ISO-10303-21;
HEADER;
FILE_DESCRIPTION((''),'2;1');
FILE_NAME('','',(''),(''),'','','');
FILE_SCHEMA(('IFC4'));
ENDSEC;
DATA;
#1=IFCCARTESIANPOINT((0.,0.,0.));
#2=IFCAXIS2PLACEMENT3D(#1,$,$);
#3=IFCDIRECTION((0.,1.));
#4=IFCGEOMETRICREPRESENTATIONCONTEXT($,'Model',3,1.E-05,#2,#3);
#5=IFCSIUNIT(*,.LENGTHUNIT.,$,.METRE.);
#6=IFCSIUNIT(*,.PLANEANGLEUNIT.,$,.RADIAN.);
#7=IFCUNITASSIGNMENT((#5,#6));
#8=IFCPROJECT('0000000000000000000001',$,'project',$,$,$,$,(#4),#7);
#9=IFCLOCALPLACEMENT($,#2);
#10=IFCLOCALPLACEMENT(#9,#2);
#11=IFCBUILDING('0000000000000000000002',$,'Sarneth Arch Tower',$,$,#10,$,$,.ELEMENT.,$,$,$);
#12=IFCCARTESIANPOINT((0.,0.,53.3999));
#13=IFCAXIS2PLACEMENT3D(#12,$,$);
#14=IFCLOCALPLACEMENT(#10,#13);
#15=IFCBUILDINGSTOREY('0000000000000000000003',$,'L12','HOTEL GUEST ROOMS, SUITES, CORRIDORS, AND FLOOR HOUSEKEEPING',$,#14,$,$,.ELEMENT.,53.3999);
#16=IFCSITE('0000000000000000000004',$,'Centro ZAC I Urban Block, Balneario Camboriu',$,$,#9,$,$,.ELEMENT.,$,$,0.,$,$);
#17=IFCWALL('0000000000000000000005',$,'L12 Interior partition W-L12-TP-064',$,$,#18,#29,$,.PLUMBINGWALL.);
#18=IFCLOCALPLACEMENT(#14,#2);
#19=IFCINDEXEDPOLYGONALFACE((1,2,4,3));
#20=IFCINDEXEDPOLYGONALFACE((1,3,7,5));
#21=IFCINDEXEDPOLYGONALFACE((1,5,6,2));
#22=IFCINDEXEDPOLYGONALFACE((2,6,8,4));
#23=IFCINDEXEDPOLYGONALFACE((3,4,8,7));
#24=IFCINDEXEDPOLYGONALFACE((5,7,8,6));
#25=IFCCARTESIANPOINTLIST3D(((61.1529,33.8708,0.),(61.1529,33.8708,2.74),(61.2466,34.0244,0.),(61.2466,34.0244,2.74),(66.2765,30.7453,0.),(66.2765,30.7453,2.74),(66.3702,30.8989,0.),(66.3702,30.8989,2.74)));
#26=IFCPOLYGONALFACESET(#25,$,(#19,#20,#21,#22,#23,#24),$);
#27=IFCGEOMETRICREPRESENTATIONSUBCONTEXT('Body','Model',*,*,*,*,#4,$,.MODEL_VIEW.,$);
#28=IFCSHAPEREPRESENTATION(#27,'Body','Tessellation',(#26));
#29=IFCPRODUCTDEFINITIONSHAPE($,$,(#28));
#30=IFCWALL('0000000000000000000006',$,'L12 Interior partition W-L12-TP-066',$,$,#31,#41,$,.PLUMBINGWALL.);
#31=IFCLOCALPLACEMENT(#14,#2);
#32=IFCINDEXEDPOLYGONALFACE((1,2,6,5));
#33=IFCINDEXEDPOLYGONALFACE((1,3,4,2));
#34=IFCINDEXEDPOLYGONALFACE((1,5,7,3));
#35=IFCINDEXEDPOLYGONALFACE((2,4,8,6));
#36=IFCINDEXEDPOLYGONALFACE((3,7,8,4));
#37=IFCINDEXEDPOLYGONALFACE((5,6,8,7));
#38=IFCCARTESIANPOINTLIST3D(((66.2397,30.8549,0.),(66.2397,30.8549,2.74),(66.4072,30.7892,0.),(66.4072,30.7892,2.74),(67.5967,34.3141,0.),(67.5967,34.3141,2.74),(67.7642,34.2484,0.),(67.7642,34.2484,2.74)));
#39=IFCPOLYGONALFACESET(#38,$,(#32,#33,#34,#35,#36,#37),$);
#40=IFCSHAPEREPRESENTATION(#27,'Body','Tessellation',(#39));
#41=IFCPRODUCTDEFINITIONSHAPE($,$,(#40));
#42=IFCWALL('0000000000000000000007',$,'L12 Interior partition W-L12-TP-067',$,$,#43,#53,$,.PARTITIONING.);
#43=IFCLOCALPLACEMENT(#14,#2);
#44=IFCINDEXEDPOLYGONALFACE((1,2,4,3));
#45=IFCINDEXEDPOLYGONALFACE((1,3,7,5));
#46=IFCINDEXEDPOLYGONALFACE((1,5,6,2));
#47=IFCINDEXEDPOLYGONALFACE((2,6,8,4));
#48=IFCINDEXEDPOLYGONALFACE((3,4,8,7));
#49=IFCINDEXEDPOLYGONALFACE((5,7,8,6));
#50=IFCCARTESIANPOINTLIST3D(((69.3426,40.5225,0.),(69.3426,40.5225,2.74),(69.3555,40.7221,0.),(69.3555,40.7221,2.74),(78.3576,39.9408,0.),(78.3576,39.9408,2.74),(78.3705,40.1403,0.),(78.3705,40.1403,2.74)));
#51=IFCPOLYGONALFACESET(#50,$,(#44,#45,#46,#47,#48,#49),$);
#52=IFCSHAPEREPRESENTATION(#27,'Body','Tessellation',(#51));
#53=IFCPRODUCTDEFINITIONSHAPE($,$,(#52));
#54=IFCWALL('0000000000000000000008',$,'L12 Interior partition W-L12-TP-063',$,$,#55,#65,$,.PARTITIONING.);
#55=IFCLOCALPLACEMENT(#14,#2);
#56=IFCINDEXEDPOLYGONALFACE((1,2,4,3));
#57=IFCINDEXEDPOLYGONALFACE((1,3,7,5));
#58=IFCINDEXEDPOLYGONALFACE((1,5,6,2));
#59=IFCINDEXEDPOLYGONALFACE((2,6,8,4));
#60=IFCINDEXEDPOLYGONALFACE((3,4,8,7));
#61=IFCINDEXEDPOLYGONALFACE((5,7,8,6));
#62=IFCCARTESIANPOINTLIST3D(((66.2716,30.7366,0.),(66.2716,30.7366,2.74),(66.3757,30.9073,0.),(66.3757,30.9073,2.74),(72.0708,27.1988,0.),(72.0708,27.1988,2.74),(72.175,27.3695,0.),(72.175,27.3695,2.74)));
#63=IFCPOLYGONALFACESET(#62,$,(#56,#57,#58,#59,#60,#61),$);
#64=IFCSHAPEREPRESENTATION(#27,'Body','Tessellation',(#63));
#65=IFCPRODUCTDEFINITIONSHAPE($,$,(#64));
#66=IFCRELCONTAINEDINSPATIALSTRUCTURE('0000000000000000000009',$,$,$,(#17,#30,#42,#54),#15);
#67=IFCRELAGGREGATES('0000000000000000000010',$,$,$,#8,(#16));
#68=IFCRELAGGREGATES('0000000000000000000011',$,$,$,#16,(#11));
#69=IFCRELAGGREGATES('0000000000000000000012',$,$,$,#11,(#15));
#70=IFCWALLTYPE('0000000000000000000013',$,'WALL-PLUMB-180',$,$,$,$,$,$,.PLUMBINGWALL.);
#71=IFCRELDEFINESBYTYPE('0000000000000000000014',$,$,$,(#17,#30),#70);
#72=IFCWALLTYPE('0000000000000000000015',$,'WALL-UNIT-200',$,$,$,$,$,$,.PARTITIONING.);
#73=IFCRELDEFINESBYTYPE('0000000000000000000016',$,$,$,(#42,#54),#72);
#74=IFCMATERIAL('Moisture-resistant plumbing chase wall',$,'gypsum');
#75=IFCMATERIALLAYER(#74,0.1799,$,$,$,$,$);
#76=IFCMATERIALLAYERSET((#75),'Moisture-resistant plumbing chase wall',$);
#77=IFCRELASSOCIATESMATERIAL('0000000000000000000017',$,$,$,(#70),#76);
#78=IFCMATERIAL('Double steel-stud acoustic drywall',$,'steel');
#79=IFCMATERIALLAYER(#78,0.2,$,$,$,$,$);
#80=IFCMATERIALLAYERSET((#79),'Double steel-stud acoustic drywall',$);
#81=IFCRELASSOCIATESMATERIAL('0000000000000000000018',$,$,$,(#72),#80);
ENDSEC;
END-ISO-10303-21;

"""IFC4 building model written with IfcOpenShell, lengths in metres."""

from ifc_helpers import new_model, si_unit, direction, frame, frame_2d, origin, place, context, subcontext, project, spatial, rectangle, extrude, material, layer, layer_set, type_object, element, save


model = new_model("IFC4")

# Units and contexts
model_context = context("Model", 3, precision=1e-05, world=origin(), true_north=direction((0.0, 1.0)))
body_context = subcontext(model_context, "Body", "Model", "MODEL_VIEW")
ifc_project = project(units=[si_unit("LENGTHUNIT", "METRE"), si_unit("PLANEANGLEUNIT", "RADIAN")], contexts=[model_context])

# Site, building, storey
site_placement = place(None, origin())
site = spatial("IfcSite", under=ifc_project, at=site_placement, Name="Centro ZAC I Urban Block, Balneario Camboriu", CompositionType="ELEMENT", RefElevation=0.0)
building_placement = place(site_placement, origin())
building = spatial("IfcBuilding", under=site, at=building_placement, Name="Sarneth Arch Tower", CompositionType="ELEMENT")
storey_placement = place(building_placement, frame((0.0, 0.0, 53.3999)))
storey = spatial("IfcBuildingStorey", under=building, at=storey_placement, Name="L12", Description="HOTEL GUEST ROOMS, SUITES, CORRIDORS, AND FLOOR HOUSEKEEPING", CompositionType="ELEMENT", Elevation=53.3999)

# Shared definitions
ifc_material_1 = material(Name="Moisture-resistant plumbing chase wall", Category="gypsum")
ifc_layer_1 = layer(ifc_material_1, 0.1799)
ifc_layer_set_1 = layer_set([ifc_layer_1], Name="Moisture-resistant plumbing chase wall")
wall_type_1 = type_object("IfcWallType", Name="WALL-PLUMB-180", PredefinedType="PLUMBINGWALL", material=ifc_layer_set_1)

# Walls
wall_1_placement = place(storey_placement, frame((66.3235, 30.822, 0.0), z_axis=(0.0, 0.0, 1.0), x_axis=(-0.853694, 0.520775, 0.0)))
element("IfcWall", 1, at=wall_1_placement, inside=storey, type_object=wall_type_1, Name="L12 Interior partition W-L12-TP-064", PredefinedType="PLUMBINGWALL", context=body_context, shape_type="SweptSolid", body=[
    extrude(rectangle(XDim=6.0017, YDim=0.1799, at=frame_2d((3.001, 0.0))), origin(), (0.0, 0.0, 1.0), 2.74),
])
wall_2_placement = place(storey_placement, frame((67.6804, 34.2812, 0.0), z_axis=(0.0, 0.0, 1.0), x_axis=(-0.365175, -0.930939, 0.0)))
element("IfcWall", 2, at=wall_2_placement, inside=storey, type_object=wall_type_1, Name="L12 Interior partition W-L12-TP-066", PredefinedType="PLUMBINGWALL", context=body_context, shape_type="SweptSolid", body=[
    extrude(rectangle(XDim=3.7158, YDim=0.1799, at=frame_2d((1.8579, 0.0))), origin(), (0.0, 0.0, 1.0), 2.74),
])
ifc_material_2 = material(Name="Double steel-stud acoustic drywall", Category="steel")
ifc_layer_2 = layer(ifc_material_2, 0.2)
ifc_layer_set_2 = layer_set([ifc_layer_2], Name="Double steel-stud acoustic drywall")
wall_type_2 = type_object("IfcWallType", Name="WALL-UNIT-200", PredefinedType="PARTITIONING", material=ifc_layer_set_2)
wall_3_placement = place(storey_placement, frame((78.364, 40.0405, 0.0), z_axis=(0.0, 0.0, 1.0), x_axis=(-0.997924, 0.064402, 0.0)))
element("IfcWall", 3, at=wall_3_placement, inside=storey, type_object=wall_type_2, Name="L12 Interior partition W-L12-TP-067", PredefinedType="PARTITIONING", context=body_context, shape_type="SweptSolid", body=[
    extrude(rectangle(XDim=9.0337, YDim=0.2, at=frame_2d((4.5168, 0.0))), origin(), (0.0, 0.0, 1.0), 2.74),
])
wall_4_placement = place(storey_placement, frame((72.1228, 27.2842, 0.0), z_axis=(0.0, 0.0, 1.0), x_axis=(-0.853687, 0.520787, 0.0)))
element("IfcWall", 4, at=wall_4_placement, inside=storey, type_object=wall_type_2, Name="L12 Interior partition W-L12-TP-063", PredefinedType="PARTITIONING", context=body_context, shape_type="SweptSolid", body=[
    extrude(rectangle(XDim=6.7932, YDim=0.2, at=frame_2d((3.3965, 0.0))), origin(), (0.0, 0.0, 1.0), 2.74),
])

save(model, "model.ifc")
